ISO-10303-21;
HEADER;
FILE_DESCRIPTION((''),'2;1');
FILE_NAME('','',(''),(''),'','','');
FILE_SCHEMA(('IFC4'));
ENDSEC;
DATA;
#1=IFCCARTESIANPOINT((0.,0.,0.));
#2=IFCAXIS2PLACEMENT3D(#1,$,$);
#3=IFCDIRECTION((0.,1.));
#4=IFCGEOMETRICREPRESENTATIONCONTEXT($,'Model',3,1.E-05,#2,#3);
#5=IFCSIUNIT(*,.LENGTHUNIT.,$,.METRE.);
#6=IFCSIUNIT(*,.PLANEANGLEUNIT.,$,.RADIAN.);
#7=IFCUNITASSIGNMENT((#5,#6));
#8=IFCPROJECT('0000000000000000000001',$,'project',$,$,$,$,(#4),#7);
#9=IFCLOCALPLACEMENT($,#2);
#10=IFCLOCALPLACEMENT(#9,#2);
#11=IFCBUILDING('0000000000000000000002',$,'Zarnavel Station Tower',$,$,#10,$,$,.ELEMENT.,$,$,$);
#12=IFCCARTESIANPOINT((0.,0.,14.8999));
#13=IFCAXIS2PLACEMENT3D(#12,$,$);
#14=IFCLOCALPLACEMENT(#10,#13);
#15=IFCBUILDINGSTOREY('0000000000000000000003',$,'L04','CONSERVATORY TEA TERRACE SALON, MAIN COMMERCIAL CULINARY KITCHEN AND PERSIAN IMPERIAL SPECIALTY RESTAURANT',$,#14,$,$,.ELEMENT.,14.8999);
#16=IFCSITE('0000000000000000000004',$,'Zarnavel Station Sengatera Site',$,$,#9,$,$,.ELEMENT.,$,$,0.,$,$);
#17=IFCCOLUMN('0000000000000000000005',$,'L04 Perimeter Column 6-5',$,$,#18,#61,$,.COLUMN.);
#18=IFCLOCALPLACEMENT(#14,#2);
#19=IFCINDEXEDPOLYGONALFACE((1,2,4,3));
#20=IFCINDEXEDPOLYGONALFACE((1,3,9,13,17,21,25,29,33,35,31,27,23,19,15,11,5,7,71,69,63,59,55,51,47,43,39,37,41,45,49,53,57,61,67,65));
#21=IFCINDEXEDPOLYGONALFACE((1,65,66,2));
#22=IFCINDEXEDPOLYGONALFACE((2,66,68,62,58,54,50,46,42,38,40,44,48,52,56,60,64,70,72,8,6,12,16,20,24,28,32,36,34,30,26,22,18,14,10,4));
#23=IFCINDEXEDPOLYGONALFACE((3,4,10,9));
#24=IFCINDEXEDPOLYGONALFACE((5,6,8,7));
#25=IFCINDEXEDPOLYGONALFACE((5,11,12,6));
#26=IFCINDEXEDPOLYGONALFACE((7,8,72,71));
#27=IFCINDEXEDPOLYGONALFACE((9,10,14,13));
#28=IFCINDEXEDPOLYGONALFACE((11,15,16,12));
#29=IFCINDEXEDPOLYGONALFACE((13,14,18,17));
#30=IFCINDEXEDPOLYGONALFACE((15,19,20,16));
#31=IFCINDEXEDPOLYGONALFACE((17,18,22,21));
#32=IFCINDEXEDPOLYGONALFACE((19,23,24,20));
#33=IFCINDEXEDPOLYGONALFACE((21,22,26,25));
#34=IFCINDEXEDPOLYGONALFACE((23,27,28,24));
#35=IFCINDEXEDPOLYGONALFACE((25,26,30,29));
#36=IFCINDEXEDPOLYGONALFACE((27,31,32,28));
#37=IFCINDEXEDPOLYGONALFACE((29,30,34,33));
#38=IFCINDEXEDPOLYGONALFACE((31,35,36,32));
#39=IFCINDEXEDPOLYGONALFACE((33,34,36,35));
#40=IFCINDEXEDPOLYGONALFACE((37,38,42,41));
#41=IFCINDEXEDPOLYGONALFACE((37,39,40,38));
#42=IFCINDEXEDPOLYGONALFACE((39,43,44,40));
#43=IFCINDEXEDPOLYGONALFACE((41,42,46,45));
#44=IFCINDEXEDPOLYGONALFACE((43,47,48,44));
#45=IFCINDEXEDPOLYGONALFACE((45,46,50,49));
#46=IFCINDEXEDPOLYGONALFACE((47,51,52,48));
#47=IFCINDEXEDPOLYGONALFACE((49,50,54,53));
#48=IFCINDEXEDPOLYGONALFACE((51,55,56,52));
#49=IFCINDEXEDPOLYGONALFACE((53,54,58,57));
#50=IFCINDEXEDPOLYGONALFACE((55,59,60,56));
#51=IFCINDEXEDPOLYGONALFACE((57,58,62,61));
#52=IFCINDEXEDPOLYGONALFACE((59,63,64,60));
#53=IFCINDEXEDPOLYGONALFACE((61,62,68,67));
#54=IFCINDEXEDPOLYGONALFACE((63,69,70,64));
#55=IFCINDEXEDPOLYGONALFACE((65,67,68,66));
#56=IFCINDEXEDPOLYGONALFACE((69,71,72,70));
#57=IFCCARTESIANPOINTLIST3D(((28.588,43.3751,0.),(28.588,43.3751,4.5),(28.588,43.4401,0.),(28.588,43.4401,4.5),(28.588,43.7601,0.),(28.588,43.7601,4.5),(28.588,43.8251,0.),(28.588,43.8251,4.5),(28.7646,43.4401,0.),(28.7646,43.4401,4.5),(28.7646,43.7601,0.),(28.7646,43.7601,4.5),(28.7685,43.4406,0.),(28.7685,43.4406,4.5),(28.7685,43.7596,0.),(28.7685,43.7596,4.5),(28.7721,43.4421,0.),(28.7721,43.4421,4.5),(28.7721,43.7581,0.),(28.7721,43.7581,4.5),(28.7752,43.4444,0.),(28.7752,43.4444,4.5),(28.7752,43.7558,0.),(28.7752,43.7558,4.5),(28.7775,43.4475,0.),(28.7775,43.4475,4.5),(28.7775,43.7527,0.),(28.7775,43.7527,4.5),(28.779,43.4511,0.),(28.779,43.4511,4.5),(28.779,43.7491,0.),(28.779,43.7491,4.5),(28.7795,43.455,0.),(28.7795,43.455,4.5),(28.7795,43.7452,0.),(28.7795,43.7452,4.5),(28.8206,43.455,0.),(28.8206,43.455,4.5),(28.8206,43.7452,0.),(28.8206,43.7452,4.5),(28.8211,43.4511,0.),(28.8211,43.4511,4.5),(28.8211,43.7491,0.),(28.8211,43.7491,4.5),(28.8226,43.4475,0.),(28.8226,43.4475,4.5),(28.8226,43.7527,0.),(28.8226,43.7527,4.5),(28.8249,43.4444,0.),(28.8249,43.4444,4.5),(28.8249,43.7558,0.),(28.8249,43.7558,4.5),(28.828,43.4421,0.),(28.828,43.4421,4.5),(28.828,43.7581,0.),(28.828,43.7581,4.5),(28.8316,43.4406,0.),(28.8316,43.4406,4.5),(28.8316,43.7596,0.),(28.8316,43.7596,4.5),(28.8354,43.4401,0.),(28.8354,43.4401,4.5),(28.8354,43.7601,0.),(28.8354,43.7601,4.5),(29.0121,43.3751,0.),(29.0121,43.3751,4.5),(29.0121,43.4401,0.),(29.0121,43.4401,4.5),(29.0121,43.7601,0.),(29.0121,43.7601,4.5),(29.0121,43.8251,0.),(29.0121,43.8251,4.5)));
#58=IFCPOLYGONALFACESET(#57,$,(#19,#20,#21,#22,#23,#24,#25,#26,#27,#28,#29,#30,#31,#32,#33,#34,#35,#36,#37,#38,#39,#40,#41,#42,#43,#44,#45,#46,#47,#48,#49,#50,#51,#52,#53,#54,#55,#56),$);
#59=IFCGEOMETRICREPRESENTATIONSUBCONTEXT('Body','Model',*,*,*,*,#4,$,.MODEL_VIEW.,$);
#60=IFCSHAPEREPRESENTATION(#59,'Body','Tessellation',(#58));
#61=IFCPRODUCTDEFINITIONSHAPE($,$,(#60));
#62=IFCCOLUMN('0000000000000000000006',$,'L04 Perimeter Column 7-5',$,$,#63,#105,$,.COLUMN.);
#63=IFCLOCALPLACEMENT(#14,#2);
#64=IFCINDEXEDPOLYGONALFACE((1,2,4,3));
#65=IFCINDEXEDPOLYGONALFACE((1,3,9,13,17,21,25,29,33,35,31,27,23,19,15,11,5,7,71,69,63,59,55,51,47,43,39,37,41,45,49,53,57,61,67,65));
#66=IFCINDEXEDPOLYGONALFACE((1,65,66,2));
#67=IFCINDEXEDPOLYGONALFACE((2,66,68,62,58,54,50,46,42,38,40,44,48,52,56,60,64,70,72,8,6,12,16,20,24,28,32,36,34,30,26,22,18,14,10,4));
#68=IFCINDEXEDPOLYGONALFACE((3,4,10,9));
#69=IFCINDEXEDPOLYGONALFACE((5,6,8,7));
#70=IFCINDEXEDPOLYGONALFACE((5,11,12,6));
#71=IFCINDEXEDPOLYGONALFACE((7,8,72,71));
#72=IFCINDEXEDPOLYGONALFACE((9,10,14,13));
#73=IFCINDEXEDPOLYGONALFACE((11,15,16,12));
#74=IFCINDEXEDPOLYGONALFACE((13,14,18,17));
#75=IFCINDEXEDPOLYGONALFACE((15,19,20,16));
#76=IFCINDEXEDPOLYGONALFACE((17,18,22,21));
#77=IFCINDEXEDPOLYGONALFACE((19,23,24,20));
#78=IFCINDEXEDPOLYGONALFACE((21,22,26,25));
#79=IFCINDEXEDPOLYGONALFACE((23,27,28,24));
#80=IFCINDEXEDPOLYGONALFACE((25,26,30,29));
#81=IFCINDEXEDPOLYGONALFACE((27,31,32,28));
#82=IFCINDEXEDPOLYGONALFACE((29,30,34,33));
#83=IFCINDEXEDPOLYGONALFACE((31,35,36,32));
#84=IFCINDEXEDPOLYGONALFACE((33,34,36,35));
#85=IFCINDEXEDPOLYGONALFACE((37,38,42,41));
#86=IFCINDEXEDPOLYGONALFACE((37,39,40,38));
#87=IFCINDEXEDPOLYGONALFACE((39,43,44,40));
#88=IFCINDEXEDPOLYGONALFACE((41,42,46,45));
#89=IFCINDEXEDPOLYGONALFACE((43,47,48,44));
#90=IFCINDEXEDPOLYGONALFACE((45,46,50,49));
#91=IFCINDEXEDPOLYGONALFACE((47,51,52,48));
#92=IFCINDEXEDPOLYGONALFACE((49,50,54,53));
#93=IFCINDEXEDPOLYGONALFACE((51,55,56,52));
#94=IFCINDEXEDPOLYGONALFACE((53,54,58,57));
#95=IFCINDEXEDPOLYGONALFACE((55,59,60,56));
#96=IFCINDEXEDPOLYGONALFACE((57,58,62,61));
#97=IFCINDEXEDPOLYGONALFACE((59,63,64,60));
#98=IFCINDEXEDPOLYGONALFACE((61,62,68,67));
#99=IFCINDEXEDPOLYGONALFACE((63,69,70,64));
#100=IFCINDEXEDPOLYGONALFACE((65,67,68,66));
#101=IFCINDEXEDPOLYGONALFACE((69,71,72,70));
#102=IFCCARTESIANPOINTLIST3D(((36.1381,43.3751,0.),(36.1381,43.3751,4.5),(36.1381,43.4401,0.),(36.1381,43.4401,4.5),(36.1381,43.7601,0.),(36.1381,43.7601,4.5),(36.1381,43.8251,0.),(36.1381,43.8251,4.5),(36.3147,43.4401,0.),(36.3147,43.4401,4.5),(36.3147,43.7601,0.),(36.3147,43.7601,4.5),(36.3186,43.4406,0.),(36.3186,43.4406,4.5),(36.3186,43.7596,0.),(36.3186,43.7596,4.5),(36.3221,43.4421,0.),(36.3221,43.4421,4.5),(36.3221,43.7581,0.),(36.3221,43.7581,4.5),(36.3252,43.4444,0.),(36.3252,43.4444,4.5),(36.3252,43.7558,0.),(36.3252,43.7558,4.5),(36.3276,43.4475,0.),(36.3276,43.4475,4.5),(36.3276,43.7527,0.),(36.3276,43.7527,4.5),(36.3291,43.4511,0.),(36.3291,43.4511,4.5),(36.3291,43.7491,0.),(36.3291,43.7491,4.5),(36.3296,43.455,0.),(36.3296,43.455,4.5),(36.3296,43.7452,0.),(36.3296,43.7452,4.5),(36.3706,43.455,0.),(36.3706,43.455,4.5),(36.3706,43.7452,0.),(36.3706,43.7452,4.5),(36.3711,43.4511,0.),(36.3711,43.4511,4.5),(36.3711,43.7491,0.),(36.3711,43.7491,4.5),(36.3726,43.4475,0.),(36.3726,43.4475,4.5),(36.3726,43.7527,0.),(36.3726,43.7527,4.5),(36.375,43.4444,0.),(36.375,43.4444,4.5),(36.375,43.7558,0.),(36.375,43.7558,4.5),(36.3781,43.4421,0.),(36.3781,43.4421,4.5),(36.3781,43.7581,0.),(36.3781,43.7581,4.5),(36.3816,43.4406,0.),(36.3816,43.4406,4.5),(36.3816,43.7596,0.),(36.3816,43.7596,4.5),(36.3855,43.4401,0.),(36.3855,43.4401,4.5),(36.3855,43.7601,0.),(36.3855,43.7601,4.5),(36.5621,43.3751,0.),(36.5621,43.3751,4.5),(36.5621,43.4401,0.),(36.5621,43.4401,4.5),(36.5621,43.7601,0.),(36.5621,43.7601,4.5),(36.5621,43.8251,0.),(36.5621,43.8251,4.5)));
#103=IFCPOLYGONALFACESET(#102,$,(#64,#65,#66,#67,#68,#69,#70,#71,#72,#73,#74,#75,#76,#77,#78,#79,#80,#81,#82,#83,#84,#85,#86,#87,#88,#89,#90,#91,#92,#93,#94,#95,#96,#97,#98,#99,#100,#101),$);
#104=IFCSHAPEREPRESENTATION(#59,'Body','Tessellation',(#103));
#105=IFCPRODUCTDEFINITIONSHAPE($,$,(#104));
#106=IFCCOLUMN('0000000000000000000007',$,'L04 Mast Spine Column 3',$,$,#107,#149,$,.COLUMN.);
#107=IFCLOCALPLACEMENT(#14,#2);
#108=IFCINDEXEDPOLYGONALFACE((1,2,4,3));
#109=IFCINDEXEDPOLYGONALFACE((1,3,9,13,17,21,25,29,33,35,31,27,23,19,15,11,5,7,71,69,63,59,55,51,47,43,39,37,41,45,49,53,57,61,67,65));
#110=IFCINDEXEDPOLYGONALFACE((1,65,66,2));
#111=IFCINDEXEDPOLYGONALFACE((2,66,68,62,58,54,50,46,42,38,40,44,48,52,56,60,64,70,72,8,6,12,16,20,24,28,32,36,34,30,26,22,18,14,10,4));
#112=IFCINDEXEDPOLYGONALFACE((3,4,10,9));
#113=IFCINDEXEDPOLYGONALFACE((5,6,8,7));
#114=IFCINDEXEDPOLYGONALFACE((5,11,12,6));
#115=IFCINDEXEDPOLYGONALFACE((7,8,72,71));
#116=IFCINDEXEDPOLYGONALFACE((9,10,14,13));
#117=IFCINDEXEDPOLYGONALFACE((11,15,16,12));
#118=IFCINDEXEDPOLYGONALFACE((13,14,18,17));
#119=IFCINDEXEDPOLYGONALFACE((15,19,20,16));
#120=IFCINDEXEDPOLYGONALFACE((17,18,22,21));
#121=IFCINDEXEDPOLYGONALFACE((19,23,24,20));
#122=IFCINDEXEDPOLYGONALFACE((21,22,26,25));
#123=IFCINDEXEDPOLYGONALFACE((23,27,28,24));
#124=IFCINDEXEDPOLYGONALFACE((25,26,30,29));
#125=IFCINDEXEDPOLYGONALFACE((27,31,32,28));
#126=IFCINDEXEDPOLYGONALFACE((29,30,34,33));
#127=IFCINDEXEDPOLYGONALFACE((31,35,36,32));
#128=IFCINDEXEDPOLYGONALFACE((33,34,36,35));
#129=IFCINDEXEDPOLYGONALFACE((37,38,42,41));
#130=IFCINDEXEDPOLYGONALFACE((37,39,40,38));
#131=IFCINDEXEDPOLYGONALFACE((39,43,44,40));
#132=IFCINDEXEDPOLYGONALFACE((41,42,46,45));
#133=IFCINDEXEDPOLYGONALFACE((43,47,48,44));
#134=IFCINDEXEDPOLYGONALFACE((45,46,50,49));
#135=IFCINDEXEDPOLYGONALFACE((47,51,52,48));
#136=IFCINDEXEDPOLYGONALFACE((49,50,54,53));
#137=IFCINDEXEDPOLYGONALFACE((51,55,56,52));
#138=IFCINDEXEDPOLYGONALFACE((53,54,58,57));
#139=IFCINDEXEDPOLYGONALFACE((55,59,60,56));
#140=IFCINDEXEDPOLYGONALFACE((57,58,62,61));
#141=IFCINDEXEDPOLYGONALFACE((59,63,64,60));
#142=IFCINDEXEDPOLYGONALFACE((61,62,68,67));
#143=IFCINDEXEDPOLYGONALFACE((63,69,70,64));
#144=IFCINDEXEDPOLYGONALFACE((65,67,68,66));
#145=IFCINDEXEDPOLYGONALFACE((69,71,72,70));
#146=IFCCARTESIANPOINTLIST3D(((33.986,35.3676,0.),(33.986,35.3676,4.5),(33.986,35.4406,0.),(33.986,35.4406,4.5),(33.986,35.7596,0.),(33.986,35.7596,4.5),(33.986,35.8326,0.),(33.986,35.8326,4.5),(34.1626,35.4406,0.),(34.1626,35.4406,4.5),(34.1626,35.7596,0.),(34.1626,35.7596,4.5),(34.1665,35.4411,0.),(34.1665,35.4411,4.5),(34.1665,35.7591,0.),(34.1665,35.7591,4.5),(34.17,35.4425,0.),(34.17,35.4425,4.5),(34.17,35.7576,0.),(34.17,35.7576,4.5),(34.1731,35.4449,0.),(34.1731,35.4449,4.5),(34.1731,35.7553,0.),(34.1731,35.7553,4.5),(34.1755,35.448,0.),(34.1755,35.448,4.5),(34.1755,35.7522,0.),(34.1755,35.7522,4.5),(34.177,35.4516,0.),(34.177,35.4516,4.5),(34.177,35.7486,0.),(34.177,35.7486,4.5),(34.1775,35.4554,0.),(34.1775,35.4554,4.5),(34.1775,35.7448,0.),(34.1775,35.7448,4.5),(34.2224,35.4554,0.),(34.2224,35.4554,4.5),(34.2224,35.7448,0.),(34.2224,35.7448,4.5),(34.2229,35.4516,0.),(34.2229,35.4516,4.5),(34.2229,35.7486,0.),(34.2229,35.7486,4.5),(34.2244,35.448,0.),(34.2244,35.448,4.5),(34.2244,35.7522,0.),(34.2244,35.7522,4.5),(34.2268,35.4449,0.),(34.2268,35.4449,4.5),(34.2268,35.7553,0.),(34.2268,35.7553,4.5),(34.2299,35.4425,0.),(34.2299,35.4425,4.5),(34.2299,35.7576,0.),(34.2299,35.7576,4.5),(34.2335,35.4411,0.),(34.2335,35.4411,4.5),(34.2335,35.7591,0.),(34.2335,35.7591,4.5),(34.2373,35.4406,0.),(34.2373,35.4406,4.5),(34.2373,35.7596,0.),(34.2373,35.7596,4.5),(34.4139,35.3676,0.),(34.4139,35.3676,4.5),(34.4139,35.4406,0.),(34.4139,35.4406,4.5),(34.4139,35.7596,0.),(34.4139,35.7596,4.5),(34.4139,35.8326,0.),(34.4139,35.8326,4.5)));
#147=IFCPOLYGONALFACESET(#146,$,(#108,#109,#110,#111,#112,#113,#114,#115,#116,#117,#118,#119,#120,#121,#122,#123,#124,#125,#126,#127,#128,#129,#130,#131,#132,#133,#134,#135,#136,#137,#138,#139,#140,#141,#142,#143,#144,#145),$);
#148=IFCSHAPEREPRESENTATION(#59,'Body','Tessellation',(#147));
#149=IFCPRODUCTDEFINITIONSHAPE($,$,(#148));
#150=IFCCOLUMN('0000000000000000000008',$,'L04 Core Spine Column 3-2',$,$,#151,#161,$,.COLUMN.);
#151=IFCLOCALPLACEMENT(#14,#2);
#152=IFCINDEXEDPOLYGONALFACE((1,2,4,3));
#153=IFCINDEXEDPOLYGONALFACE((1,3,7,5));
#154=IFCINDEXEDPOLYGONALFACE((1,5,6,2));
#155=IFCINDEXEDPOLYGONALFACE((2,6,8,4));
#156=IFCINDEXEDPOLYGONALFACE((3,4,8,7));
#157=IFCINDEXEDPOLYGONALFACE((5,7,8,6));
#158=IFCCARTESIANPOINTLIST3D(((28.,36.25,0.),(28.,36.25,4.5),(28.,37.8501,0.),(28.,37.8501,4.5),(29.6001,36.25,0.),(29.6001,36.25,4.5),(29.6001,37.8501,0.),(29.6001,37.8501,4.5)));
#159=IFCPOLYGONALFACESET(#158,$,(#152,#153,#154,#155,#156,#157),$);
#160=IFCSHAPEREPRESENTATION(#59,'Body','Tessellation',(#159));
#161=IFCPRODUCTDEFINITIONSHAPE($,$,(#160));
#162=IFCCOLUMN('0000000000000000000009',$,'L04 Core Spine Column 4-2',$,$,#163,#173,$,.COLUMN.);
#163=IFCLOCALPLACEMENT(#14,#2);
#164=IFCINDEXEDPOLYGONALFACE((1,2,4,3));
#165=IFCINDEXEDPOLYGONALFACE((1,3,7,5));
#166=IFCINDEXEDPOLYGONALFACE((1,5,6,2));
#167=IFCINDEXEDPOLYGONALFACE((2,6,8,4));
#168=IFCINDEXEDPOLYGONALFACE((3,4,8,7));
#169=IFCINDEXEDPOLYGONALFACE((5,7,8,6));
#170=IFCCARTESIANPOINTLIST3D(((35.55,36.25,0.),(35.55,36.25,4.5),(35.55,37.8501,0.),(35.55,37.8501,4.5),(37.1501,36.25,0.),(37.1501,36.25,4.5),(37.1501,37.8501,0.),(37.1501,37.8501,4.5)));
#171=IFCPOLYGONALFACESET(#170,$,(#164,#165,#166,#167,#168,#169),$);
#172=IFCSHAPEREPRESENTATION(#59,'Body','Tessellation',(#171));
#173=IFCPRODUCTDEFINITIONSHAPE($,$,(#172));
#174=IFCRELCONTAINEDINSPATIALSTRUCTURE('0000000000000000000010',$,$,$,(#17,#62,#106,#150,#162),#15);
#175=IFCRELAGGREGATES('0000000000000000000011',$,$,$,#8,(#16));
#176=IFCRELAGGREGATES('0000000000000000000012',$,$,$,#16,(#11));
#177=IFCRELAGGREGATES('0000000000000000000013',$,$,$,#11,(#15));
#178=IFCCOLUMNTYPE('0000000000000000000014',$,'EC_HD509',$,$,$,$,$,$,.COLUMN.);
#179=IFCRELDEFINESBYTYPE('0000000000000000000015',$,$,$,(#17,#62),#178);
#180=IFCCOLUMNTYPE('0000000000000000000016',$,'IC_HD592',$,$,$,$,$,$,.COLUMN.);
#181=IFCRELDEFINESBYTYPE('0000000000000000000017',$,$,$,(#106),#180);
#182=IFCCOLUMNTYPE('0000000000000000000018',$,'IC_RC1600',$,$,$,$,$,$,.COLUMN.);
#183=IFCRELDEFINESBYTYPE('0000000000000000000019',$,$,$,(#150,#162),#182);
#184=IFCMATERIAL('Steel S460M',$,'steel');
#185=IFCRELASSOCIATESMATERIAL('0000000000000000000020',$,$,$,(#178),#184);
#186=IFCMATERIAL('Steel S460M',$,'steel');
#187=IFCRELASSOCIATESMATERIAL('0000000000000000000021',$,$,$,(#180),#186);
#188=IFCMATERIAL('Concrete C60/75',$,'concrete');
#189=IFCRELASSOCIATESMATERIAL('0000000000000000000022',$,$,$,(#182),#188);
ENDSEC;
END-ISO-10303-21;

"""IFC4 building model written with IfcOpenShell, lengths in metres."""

from ifc_helpers import new_model, si_unit, direction, frame, origin, origin_2d, place, context, subcontext, project, spatial, rectangle, i_section, extrude, material, material_profile, profile_set, type_object, element, save


model = new_model("IFC4")

# Units and contexts
model_context = context("Model", 3, precision=1e-05, world=origin(), true_north=direction((0.0, 1.0)))
body_context = subcontext(model_context, "Body", "Model", "MODEL_VIEW")
ifc_project = project(units=[si_unit("LENGTHUNIT", "METRE"), si_unit("PLANEANGLEUNIT", "RADIAN")], contexts=[model_context])

# Site, building, storey
site_placement = place(None, origin())
site = spatial("IfcSite", under=ifc_project, at=site_placement, Name="Zarnavel Station Sengatera Site", CompositionType="ELEMENT", RefElevation=0.0)
building_placement = place(site_placement, origin())
building = spatial("IfcBuilding", under=site, at=building_placement, Name="Zarnavel Station Tower", CompositionType="ELEMENT")
storey_placement = place(building_placement, frame((0.0, 0.0, 14.8999)))
storey = spatial("IfcBuildingStorey", under=building, at=storey_placement, Name="L04", Description="CONSERVATORY TEA TERRACE SALON, MAIN COMMERCIAL CULINARY KITCHEN AND PERSIAN IMPERIAL SPECIALTY RESTAURANT", CompositionType="ELEMENT", Elevation=14.8999)

# Columns
ifc_material_1 = material(Name="Steel S460M", Category="steel")
ifc_material_profile_1 = material_profile(ifc_material_1, i_section(OverallWidth=0.4241, OverallDepth=0.45, WebThickness=0.041, FlangeThickness=0.0649, FilletRadius=0.0149, at=origin_2d()), Name="HD400x509")
ifc_profile_set_1 = profile_set([ifc_material_profile_1], Name="Steel S460M")
column_type_1 = type_object("IfcColumnType", Name="EC_HD509", PredefinedType="COLUMN", material=ifc_profile_set_1)
for number, where, z_axis, x_axis, name in (
    (1, (28.8, 43.6001, 0.0), (0.0, 0.0, 1.0), (1.0, 0.0, 0.0), "L04 Perimeter Column 6-5"),
    (2, (36.3501, 43.6001, 0.0), (0.0, 0.0, 1.0), (1.0, 0.0, 0.0), "L04 Perimeter Column 7-5"),
):
    element("IfcColumn", number, at=place(storey_placement, frame(where, z_axis=z_axis, x_axis=x_axis)), inside=storey, type_object=column_type_1, Name=name, PredefinedType="COLUMN", context=body_context, shape_type="SweptSolid", body=[
        extrude(i_section(OverallWidth=0.4241, OverallDepth=0.45, WebThickness=0.041, FlangeThickness=0.0649, FilletRadius=0.0149, at=origin_2d()), origin(), (0.0, 0.0, 1.0), 4.5),
    ])
ifc_material_2 = material(Name="Steel S460M", Category="steel")
ifc_material_profile_2 = material_profile(ifc_material_2, i_section(OverallWidth=0.428, OverallDepth=0.4651, WebThickness=0.0449, FlangeThickness=0.073, FilletRadius=0.0149, at=origin_2d()), Name="HD400x592")
ifc_profile_set_2 = profile_set([ifc_material_profile_2], Name="Steel S460M")
column_type_2 = type_object("IfcColumnType", Name="IC_HD592", PredefinedType="COLUMN", material=ifc_profile_set_2)
column_placement = place(storey_placement, frame((34.2, 35.6001, 0.0), z_axis=(0.0, 0.0, 1.0), x_axis=(1.0, 0.0, 0.0)))
element("IfcColumn", 3, at=column_placement, inside=storey, type_object=column_type_2, Name="L04 Mast Spine Column 3", PredefinedType="COLUMN", context=body_context, shape_type="SweptSolid", body=[
    extrude(i_section(OverallWidth=0.428, OverallDepth=0.4651, WebThickness=0.0449, FlangeThickness=0.073, FilletRadius=0.0149, at=origin_2d()), origin(), (0.0, 0.0, 1.0), 4.5),
])
ifc_material_3 = material(Name="Concrete C60/75", Category="concrete")
ifc_material_profile_3 = material_profile(ifc_material_3, rectangle(XDim=1.6001, YDim=1.6001, at=origin_2d()), Name="RC1600x1600")
ifc_profile_set_3 = profile_set([ifc_material_profile_3], Name="Concrete C60/75")
column_type_3 = type_object("IfcColumnType", Name="IC_RC1600", PredefinedType="COLUMN", material=ifc_profile_set_3)
for number, where, z_axis, x_axis, name in (
    (4, (28.8, 37.05, 0.0), (0.0, 0.0, 1.0), (1.0, 0.0, 0.0), "L04 Core Spine Column 3-2"),
    (5, (36.3501, 37.05, 0.0), (0.0, 0.0, 1.0), (1.0, 0.0, 0.0), "L04 Core Spine Column 4-2"),
):
    element("IfcColumn", number, at=place(storey_placement, frame(where, z_axis=z_axis, x_axis=x_axis)), inside=storey, type_object=column_type_3, Name=name, PredefinedType="COLUMN", context=body_context, shape_type="SweptSolid", body=[
        extrude(rectangle(XDim=1.6001, YDim=1.6001, at=origin_2d()), origin(), (0.0, 0.0, 1.0), 4.5),
    ])

save(model, "model.ifc")
